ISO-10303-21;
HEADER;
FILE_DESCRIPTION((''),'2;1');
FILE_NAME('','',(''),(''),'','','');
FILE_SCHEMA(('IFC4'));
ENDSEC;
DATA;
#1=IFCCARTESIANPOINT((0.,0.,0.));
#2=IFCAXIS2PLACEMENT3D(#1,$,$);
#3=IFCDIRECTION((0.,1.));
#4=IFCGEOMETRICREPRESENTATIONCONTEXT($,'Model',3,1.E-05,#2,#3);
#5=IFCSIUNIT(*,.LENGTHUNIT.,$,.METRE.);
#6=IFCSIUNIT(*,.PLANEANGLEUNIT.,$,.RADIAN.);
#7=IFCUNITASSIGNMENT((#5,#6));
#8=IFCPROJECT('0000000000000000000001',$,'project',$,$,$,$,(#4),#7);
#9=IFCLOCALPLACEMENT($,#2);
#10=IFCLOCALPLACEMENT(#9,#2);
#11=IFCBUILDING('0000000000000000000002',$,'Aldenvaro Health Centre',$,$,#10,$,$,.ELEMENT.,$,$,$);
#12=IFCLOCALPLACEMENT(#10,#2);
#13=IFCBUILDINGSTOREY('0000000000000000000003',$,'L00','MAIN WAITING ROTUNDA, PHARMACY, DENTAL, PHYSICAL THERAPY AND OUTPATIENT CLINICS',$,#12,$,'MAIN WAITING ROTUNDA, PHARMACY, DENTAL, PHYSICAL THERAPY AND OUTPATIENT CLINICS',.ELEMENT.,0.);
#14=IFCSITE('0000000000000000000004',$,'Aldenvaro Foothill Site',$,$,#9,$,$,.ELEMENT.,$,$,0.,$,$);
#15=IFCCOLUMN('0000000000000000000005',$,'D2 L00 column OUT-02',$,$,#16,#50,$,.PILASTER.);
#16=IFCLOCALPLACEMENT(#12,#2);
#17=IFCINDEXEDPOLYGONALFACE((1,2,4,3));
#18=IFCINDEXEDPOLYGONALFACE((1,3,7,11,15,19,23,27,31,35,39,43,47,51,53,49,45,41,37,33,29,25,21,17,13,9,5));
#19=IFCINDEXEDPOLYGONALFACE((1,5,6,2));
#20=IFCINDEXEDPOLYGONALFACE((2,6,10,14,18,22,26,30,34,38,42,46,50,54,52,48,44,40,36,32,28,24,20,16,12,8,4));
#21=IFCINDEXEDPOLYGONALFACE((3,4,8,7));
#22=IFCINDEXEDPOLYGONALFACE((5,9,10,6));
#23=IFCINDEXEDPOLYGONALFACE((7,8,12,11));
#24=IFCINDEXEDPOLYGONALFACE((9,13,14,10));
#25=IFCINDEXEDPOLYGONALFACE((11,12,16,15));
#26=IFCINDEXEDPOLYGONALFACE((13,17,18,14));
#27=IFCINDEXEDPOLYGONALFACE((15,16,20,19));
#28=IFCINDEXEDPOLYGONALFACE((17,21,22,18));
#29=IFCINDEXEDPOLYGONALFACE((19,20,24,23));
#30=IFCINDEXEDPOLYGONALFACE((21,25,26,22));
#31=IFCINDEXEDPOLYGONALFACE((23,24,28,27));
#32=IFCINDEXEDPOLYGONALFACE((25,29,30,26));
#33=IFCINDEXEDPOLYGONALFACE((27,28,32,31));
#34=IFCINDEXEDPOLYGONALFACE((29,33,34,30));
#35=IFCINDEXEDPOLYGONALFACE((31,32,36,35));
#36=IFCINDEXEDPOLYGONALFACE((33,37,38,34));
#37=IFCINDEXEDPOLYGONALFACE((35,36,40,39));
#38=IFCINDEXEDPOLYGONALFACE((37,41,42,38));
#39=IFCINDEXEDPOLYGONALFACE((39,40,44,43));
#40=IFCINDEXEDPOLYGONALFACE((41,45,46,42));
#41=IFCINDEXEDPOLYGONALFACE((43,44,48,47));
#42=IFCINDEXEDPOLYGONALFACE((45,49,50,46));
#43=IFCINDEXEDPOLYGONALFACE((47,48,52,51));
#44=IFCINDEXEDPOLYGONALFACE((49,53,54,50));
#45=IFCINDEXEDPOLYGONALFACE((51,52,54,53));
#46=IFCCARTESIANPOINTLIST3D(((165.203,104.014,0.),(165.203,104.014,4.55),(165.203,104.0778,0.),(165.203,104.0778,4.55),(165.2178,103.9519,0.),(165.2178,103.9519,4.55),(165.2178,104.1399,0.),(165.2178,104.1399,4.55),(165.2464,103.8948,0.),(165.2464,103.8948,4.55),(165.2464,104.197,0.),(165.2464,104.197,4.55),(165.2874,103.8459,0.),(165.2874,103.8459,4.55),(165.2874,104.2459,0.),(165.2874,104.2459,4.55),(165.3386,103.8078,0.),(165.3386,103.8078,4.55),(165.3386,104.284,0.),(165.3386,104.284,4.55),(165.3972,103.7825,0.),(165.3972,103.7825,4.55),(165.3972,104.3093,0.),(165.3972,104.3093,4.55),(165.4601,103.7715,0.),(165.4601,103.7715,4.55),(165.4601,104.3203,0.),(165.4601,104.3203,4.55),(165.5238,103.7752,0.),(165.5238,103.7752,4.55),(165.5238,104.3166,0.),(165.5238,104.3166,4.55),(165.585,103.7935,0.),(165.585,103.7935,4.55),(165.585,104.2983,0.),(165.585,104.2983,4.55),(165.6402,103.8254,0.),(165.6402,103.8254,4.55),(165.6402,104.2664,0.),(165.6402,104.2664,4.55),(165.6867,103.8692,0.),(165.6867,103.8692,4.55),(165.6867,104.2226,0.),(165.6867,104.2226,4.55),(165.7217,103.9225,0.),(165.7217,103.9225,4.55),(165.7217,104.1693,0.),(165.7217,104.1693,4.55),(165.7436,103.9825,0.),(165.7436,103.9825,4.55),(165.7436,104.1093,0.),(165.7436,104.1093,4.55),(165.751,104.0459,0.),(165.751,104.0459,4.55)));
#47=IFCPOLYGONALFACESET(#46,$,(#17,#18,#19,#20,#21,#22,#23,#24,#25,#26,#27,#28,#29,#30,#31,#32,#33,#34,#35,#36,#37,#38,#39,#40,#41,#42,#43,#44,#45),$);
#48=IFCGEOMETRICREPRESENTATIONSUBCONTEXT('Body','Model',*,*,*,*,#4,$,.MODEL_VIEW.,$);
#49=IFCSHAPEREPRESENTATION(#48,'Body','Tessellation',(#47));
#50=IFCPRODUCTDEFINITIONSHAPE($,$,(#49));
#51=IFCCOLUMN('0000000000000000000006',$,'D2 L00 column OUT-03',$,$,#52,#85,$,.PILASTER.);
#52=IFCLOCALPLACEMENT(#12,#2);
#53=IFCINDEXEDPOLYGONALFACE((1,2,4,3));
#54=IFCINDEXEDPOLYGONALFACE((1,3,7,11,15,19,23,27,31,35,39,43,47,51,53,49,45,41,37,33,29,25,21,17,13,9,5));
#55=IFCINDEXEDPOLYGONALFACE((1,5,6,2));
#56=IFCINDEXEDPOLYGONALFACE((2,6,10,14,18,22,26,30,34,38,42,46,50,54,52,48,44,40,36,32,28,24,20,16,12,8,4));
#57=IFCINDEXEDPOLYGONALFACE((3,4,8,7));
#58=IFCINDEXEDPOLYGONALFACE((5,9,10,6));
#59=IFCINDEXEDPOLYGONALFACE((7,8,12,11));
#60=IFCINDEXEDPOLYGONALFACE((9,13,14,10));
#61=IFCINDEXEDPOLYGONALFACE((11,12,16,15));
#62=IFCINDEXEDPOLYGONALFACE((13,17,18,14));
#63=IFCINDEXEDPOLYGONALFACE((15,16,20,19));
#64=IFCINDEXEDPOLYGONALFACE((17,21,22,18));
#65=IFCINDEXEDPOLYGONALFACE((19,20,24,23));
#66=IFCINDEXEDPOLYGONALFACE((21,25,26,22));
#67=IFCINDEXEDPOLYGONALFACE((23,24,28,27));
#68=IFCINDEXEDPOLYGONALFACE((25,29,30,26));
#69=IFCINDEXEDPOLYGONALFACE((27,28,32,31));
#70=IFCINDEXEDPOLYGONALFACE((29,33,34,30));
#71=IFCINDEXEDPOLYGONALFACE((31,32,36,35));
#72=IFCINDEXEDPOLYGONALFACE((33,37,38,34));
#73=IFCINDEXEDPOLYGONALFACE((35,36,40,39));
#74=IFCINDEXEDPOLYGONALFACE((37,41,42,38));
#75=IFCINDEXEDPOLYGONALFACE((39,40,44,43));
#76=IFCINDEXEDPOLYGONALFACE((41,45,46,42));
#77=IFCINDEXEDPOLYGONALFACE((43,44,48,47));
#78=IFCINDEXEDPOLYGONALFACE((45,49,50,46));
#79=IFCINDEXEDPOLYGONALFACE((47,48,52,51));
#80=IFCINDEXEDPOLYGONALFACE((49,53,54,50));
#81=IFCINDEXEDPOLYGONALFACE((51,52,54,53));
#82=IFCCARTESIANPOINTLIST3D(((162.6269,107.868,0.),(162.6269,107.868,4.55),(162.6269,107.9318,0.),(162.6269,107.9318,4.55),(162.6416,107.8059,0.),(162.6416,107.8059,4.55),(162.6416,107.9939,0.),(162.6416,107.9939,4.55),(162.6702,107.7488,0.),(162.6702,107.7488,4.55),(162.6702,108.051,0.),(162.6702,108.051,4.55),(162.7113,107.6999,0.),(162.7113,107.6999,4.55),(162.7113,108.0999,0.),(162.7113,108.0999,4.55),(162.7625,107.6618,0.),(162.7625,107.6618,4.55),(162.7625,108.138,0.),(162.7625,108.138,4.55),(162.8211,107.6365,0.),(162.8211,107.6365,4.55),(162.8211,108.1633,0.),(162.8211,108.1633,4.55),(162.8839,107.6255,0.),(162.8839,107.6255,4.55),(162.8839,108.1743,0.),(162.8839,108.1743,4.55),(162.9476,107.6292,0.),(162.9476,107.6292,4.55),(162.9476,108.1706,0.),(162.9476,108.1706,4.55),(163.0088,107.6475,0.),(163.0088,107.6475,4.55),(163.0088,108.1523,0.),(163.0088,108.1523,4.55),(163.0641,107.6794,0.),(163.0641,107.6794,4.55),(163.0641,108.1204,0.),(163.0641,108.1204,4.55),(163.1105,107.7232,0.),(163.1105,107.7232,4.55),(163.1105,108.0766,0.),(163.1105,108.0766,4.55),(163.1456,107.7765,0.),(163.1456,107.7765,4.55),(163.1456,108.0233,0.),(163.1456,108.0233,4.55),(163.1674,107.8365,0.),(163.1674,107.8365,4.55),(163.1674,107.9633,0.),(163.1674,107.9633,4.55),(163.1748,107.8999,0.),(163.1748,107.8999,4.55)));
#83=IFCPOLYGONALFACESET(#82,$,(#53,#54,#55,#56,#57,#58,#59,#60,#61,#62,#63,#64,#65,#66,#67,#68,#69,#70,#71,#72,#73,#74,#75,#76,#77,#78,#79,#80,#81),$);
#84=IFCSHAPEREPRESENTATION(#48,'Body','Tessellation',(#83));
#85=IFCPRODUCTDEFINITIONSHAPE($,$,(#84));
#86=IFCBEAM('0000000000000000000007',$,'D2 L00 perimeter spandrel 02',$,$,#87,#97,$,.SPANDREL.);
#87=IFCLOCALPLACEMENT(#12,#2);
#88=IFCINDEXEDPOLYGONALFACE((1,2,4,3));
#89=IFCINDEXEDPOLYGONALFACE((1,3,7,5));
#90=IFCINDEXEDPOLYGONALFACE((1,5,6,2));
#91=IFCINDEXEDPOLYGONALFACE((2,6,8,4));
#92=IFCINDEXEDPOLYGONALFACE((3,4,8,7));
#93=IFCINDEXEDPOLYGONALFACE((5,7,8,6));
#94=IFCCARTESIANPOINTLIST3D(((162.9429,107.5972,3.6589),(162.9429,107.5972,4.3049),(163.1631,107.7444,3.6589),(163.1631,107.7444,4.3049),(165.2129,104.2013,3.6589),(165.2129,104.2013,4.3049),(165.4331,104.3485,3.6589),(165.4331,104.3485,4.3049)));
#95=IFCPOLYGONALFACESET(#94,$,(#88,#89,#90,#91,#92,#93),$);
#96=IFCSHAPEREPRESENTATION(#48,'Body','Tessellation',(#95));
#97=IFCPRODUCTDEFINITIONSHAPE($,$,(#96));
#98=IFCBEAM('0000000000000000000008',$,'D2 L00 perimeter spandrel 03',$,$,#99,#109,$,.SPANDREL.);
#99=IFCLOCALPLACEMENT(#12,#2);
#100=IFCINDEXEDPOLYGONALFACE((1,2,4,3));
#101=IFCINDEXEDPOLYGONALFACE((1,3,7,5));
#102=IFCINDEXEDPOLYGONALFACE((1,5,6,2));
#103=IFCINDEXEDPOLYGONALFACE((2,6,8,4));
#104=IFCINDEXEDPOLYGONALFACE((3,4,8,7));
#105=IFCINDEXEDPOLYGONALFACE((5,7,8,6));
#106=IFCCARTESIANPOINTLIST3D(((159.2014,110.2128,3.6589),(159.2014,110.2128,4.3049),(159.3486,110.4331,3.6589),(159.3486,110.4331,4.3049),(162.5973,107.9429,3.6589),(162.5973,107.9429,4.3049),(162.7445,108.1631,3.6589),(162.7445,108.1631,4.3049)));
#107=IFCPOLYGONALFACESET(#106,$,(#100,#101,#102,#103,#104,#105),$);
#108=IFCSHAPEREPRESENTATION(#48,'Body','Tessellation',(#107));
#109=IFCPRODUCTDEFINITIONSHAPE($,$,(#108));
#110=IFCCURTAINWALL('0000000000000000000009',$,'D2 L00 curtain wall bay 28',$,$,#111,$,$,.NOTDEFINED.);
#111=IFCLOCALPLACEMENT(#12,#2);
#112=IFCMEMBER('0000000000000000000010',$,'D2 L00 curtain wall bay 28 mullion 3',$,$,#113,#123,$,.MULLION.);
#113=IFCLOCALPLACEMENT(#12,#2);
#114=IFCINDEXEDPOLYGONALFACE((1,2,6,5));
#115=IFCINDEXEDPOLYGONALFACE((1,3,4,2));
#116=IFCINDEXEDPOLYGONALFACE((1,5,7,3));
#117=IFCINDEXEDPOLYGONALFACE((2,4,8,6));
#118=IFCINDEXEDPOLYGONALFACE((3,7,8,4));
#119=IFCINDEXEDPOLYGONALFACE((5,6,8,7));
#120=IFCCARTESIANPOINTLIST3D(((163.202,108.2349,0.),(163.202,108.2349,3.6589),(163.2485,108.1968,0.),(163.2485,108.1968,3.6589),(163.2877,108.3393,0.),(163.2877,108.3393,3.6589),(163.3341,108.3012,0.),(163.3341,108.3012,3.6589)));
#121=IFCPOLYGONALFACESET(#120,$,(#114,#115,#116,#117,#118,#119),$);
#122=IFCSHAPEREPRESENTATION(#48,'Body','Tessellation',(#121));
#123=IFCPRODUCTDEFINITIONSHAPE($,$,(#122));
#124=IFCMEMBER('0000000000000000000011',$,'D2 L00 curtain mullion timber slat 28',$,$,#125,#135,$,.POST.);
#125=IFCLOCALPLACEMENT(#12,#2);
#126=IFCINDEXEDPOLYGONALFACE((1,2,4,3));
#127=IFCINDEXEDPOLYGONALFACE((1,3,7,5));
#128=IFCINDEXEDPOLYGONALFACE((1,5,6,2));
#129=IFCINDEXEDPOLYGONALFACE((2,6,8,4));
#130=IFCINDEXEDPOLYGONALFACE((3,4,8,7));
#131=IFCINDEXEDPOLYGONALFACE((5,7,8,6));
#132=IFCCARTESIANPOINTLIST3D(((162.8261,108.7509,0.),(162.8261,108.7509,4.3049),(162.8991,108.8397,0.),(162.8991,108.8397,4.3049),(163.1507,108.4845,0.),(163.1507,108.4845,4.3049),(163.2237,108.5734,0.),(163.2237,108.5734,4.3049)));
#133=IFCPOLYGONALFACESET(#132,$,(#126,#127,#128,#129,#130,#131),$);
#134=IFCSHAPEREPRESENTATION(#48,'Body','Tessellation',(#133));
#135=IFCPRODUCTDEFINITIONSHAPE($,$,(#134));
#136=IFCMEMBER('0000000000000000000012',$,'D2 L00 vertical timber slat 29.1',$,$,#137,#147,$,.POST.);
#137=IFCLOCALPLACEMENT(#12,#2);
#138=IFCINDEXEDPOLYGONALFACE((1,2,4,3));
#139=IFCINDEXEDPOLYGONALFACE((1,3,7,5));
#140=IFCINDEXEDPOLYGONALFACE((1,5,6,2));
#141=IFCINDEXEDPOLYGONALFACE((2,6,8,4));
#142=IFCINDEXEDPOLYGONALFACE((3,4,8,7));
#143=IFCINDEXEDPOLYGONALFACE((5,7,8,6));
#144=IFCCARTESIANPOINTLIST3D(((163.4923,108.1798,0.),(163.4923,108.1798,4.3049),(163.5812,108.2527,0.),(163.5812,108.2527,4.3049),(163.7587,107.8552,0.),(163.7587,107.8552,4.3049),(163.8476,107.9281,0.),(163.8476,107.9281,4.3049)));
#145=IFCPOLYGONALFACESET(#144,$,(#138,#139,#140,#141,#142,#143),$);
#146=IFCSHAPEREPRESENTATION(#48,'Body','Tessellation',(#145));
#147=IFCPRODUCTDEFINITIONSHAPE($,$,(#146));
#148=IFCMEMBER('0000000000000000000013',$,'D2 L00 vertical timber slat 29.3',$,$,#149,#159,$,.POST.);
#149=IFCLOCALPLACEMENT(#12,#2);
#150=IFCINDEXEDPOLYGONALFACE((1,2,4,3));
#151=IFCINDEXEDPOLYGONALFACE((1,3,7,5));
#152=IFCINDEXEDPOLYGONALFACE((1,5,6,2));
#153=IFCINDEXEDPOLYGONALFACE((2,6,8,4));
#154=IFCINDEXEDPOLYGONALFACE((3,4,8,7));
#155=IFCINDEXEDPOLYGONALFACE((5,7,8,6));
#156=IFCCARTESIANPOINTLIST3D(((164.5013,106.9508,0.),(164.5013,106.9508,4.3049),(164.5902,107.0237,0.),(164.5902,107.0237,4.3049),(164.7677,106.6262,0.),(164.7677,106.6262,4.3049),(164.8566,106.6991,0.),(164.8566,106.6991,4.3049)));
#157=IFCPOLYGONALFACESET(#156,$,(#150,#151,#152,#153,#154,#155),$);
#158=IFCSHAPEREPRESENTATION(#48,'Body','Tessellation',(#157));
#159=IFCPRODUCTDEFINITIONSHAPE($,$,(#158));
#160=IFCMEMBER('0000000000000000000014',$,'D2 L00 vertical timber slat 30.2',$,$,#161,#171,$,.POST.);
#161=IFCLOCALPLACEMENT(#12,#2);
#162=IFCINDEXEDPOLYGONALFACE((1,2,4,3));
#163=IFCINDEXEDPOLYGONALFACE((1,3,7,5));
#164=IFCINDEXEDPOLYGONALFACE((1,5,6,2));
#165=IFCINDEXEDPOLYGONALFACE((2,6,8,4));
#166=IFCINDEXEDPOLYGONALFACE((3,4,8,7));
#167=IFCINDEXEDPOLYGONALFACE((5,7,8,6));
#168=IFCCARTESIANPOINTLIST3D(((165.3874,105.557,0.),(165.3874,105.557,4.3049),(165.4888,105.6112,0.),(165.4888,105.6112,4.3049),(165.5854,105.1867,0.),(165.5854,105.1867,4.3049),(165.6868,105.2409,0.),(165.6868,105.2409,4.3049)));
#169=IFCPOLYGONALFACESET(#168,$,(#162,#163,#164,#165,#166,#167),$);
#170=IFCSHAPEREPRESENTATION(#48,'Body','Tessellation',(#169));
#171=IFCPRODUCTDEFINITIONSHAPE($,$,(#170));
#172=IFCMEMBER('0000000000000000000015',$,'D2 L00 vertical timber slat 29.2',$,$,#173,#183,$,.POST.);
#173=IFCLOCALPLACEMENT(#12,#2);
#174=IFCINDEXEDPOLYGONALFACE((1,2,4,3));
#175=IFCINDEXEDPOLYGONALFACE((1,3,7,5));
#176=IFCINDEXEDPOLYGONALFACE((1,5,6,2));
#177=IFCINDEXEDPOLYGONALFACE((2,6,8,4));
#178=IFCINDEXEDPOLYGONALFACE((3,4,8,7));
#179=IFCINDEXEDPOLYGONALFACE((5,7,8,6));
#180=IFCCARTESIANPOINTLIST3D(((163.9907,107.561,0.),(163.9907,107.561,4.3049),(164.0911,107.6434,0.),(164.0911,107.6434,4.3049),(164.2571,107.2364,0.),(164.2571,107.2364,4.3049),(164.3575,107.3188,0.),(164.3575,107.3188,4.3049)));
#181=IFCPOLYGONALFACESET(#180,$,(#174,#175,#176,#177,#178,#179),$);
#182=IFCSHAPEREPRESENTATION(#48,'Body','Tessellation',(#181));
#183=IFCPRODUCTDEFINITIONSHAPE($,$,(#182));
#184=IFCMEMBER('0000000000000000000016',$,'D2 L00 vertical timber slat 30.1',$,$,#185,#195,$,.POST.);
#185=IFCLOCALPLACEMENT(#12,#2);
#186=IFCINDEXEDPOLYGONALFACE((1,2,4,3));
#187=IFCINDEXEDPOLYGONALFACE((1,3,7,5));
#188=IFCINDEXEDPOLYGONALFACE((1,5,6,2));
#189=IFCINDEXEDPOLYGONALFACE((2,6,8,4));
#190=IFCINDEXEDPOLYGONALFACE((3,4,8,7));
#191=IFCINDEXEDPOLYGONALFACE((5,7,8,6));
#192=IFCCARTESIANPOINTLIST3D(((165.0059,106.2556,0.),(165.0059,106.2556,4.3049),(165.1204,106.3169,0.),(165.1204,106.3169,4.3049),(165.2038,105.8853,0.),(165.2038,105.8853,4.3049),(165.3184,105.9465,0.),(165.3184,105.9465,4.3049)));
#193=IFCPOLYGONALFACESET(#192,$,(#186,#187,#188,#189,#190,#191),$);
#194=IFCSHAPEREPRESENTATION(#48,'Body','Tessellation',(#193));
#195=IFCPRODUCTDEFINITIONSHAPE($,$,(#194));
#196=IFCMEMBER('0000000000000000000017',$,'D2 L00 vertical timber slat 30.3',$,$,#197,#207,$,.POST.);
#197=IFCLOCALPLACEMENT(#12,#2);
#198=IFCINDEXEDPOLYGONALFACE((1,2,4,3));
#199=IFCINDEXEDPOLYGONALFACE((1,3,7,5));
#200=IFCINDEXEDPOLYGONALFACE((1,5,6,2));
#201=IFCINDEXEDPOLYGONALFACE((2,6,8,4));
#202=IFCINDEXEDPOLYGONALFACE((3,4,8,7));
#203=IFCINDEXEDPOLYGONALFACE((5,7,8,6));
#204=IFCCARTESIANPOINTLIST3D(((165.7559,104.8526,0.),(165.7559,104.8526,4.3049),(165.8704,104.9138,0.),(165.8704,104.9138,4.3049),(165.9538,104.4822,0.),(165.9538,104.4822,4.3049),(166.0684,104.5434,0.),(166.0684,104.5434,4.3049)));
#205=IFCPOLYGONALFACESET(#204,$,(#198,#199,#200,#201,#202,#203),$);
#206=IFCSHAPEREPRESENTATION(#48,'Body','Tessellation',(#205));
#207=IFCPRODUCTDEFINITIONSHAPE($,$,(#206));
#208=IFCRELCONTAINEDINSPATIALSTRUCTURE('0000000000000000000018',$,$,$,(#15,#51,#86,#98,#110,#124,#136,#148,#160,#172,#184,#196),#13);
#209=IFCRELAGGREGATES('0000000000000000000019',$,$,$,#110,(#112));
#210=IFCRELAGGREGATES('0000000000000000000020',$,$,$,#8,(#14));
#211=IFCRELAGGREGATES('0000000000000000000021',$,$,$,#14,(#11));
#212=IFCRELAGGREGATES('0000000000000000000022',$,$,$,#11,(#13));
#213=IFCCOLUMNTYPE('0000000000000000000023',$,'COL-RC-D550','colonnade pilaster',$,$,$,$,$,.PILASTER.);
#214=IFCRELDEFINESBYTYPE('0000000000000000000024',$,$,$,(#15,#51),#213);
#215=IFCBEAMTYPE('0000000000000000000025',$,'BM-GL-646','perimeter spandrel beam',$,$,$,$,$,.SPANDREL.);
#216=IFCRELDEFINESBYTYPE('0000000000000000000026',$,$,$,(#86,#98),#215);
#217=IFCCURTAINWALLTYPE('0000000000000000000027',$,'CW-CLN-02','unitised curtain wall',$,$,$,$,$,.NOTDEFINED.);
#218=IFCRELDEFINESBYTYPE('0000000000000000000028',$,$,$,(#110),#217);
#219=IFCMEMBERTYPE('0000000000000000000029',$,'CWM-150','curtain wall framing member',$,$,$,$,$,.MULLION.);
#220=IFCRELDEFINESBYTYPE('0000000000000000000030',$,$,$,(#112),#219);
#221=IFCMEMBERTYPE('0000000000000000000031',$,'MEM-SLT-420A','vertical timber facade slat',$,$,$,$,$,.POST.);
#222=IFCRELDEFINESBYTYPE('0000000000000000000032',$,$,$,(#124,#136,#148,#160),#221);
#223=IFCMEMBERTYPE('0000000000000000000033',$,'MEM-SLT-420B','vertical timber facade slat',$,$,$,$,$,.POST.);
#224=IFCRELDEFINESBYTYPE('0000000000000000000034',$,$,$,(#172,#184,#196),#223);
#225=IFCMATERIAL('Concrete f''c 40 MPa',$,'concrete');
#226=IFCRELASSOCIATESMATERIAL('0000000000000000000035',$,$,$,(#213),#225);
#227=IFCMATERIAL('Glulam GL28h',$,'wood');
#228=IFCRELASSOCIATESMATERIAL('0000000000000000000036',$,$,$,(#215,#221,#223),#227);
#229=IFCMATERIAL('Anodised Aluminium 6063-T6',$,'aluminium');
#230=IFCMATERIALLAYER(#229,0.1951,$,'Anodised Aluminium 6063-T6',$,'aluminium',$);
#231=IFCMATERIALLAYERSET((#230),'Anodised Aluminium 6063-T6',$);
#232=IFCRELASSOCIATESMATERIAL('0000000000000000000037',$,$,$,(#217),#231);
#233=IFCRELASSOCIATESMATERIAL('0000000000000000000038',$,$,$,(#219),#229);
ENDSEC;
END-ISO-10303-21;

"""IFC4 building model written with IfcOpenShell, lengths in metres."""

from ifc_helpers import new_model, si_unit, direction, frame, origin, origin_2d, place, context, subcontext, project, spatial, rectangle, circle, extrude, material, layer, layer_set, material_profile, profile_set, type_object, element, aggregate, save


model = new_model("IFC4")

# Units and contexts
model_context = context("Model", 3, precision=1e-05, world=origin(), true_north=direction((0.0, 1.0)))
body_context = subcontext(model_context, "Body", "Model", "MODEL_VIEW")
ifc_project = project(units=[si_unit("LENGTHUNIT", "METRE"), si_unit("PLANEANGLEUNIT", "RADIAN")], contexts=[model_context])

# Site, building, storey
site_placement = place(None, origin())
site = spatial("IfcSite", under=ifc_project, at=site_placement, Name="Aldenvaro Foothill Site", CompositionType="ELEMENT", RefElevation=0.0)
building_placement = place(site_placement, origin())
building = spatial("IfcBuilding", under=site, at=building_placement, Name="Aldenvaro Health Centre", CompositionType="ELEMENT")
storey_placement = place(building_placement, origin())
storey = spatial("IfcBuildingStorey", under=building, at=storey_placement, Name="L00", Description="MAIN WAITING ROTUNDA, PHARMACY, DENTAL, PHYSICAL THERAPY AND OUTPATIENT CLINICS", LongName="MAIN WAITING ROTUNDA, PHARMACY, DENTAL, PHYSICAL THERAPY AND OUTPATIENT CLINICS", CompositionType="ELEMENT", Elevation=0.0)

# Columns
ifc_material_1 = material(Name="Concrete f'c 40 MPa", Category="concrete")
ifc_material_profile_1 = material_profile(ifc_material_1, circle(Radius=0.2749, at=origin_2d()), Name="RC D550", Category="concrete")
ifc_profile_set_1 = profile_set([ifc_material_profile_1], Name="Concrete f'c 40 MPa")
column_type = type_object("IfcColumnType", Name="COL-RC-D550", Description="colonnade pilaster", PredefinedType="PILASTER", material=ifc_profile_set_1)
for number, where, z_axis, x_axis, name in (
    (1, (165.4761, 104.0459, 0.0), (0.0, 0.0, 1.0), (1.0, 0.0, 0.0), "D2 L00 column OUT-02"),
    (2, (162.8999, 107.8999, 0.0), (0.0, 0.0, 1.0), (1.0, 0.0, 0.0), "D2 L00 column OUT-03"),
):
    element("IfcColumn", number, at=place(storey_placement, frame(where, z_axis=z_axis, x_axis=x_axis)), inside=storey, type_object=column_type, Name=name, PredefinedType="PILASTER", context=body_context, shape_type="SweptSolid", body=[
        extrude(circle(Radius=0.2749, at=origin_2d()), origin(), (0.0, 0.0, 1.0), 4.55),
    ])

# Beams
ifc_material_2 = material(Name="Glulam GL28h", Category="wood")
ifc_material_profile_2 = material_profile(ifc_material_2, rectangle(XDim=0.2649, YDim=0.646, at=origin_2d()), Name="GL 265x646", Category="wood")
ifc_profile_set_2 = profile_set([ifc_material_profile_2], Name="Glulam GL28h")
beam_type = type_object("IfcBeamType", Name="BM-GL-646", Description="perimeter spandrel beam", PredefinedType="SPANDREL", material=ifc_profile_set_2)
for number, where, z_axis, x_axis, name in (
    (3, (165.323, 104.2749, 3.9819), (-0.55572, 0.831369, 0.0), (-0.831369, -0.55572, 0.0), "D2 L00 perimeter spandrel 02"),
    (4, (162.6709, 108.053, 3.9819), (-0.831369, 0.55572, 0.0), (-0.55572, -0.831369, 0.0), "D2 L00 perimeter spandrel 03"),
):
    element("IfcBeam", number, at=place(storey_placement, frame(where, z_axis=z_axis, x_axis=x_axis)), inside=storey, type_object=beam_type, Name=name, PredefinedType="SPANDREL", context=body_context, shape_type="SweptSolid", body=[
        extrude(rectangle(XDim=0.2649, YDim=0.646, at=origin_2d()), origin(), (0.0, 0.0, 1.0), 4.0847),
    ])

# Curtain wall, member
ifc_material_3 = material(Name="Anodised Aluminium 6063-T6", Category="aluminium")
ifc_layer_1 = layer(ifc_material_3, 0.1951, Name="Anodised Aluminium 6063-T6", Category="aluminium")
ifc_layer_set_1 = layer_set([ifc_layer_1], Name="Anodised Aluminium 6063-T6")
curtain_wall_type = type_object("IfcCurtainWallType", Name="CW-CLN-02", Description="unitised curtain wall", PredefinedType="NOTDEFINED", material=ifc_layer_set_1)
curtain_wall_placement = place(storey_placement, origin())
curtain_wall = element("IfcCurtainWall", 5, at=curtain_wall_placement, inside=storey, type_object=curtain_wall_type, Name="D2 L00 curtain wall bay 28", PredefinedType="NOTDEFINED")
ifc_material_profile_3 = material_profile(ifc_material_3, rectangle(XDim=0.0601, YDim=0.135, at=origin_2d()), Name="ALU 60x135", Category="aluminium")
ifc_profile_set_3 = profile_set([ifc_material_profile_3], Name="Anodised Aluminium 6063-T6")
member_type_1 = type_object("IfcMemberType", Name="CWM-150", Description="curtain wall framing member", PredefinedType="MULLION", material=ifc_profile_set_3)
member_placement = place(storey_placement, frame((163.2681, 108.2681, 0.0), z_axis=(0.0, 0.0, 1.0), x_axis=(0.773022, -0.63438, 0.0)))
member = element("IfcMember", 6, at=member_placement, type_object=member_type_1, Name="D2 L00 curtain wall bay 28 mullion 3", PredefinedType="MULLION", context=body_context, shape_type="SweptSolid", body=[
    extrude(rectangle(XDim=0.0601, YDim=0.135, at=origin_2d()), origin(), (0.0, 0.0, 1.0), 3.6589),
])

# Members
ifc_material_profile_4 = material_profile(ifc_material_2, rectangle(XDim=0.115, YDim=0.4199, at=origin_2d()), Name="GL 115x420", Category="wood")
ifc_profile_set_4 = profile_set([ifc_material_profile_4], Name="Glulam GL28h")
member_type_2 = type_object("IfcMemberType", Name="MEM-SLT-420A", Description="vertical timber facade slat", PredefinedType="POST", material=ifc_profile_set_4)
for number, where, z_axis, x_axis, name in (
    (7, (163.0249, 108.6621, 0.0), (0.0, 0.0, 1.0), (0.63438, 0.773022, 0.0), "D2 L00 curtain mullion timber slat 28"),
    (8, (163.6699, 108.054, 0.0), (0.0, 0.0, 1.0), (0.773022, 0.63438, 0.0), "D2 L00 vertical timber slat 29.1"),
    (9, (164.679, 106.825, 0.0), (0.0, 0.0, 1.0), (0.773022, 0.63438, 0.0), "D2 L00 vertical timber slat 29.3"),
    (10, (165.5371, 105.3989, 0.0), (0.0, 0.0, 1.0), (0.88192, 0.471399, 0.0), "D2 L00 vertical timber slat 30.2"),
):
    element("IfcMember", number, at=place(storey_placement, frame(where, z_axis=z_axis, x_axis=x_axis)), inside=storey, type_object=member_type_2, Name=name, PredefinedType="POST", context=body_context, shape_type="SweptSolid", body=[
        extrude(rectangle(XDim=0.115, YDim=0.4199, at=origin_2d()), origin(), (0.0, 0.0, 1.0), 4.3049),
    ])
ifc_material_profile_5 = material_profile(ifc_material_2, rectangle(XDim=0.1299, YDim=0.4199, at=origin_2d()), Name="GL 130x420", Category="wood")
ifc_profile_set_5 = profile_set([ifc_material_profile_5], Name="Glulam GL28h")
member_type_3 = type_object("IfcMemberType", Name="MEM-SLT-420B", Description="vertical timber facade slat", PredefinedType="POST", material=ifc_profile_set_5)
for number, where, z_axis, x_axis, name in (
    (11, (164.1741, 107.4399, 0.0), (0.0, 0.0, 1.0), (0.773022, 0.63438, 0.0), "D2 L00 vertical timber slat 29.2"),
    (12, (165.1621, 106.1011, 0.0), (0.0, 0.0, 1.0), (0.88192, 0.471399, 0.0), "D2 L00 vertical timber slat 30.1"),
    (13, (165.9121, 104.698, 0.0), (0.0, 0.0, 1.0), (0.88192, 0.471399, 0.0), "D2 L00 vertical timber slat 30.3"),
):
    element("IfcMember", number, at=place(storey_placement, frame(where, z_axis=z_axis, x_axis=x_axis)), inside=storey, type_object=member_type_3, Name=name, PredefinedType="POST", context=body_context, shape_type="SweptSolid", body=[
        extrude(rectangle(XDim=0.1299, YDim=0.4199, at=origin_2d()), origin(), (0.0, 0.0, 1.0), 4.3049),
    ])

aggregate(curtain_wall, [member])

save(model, "model.ifc")
